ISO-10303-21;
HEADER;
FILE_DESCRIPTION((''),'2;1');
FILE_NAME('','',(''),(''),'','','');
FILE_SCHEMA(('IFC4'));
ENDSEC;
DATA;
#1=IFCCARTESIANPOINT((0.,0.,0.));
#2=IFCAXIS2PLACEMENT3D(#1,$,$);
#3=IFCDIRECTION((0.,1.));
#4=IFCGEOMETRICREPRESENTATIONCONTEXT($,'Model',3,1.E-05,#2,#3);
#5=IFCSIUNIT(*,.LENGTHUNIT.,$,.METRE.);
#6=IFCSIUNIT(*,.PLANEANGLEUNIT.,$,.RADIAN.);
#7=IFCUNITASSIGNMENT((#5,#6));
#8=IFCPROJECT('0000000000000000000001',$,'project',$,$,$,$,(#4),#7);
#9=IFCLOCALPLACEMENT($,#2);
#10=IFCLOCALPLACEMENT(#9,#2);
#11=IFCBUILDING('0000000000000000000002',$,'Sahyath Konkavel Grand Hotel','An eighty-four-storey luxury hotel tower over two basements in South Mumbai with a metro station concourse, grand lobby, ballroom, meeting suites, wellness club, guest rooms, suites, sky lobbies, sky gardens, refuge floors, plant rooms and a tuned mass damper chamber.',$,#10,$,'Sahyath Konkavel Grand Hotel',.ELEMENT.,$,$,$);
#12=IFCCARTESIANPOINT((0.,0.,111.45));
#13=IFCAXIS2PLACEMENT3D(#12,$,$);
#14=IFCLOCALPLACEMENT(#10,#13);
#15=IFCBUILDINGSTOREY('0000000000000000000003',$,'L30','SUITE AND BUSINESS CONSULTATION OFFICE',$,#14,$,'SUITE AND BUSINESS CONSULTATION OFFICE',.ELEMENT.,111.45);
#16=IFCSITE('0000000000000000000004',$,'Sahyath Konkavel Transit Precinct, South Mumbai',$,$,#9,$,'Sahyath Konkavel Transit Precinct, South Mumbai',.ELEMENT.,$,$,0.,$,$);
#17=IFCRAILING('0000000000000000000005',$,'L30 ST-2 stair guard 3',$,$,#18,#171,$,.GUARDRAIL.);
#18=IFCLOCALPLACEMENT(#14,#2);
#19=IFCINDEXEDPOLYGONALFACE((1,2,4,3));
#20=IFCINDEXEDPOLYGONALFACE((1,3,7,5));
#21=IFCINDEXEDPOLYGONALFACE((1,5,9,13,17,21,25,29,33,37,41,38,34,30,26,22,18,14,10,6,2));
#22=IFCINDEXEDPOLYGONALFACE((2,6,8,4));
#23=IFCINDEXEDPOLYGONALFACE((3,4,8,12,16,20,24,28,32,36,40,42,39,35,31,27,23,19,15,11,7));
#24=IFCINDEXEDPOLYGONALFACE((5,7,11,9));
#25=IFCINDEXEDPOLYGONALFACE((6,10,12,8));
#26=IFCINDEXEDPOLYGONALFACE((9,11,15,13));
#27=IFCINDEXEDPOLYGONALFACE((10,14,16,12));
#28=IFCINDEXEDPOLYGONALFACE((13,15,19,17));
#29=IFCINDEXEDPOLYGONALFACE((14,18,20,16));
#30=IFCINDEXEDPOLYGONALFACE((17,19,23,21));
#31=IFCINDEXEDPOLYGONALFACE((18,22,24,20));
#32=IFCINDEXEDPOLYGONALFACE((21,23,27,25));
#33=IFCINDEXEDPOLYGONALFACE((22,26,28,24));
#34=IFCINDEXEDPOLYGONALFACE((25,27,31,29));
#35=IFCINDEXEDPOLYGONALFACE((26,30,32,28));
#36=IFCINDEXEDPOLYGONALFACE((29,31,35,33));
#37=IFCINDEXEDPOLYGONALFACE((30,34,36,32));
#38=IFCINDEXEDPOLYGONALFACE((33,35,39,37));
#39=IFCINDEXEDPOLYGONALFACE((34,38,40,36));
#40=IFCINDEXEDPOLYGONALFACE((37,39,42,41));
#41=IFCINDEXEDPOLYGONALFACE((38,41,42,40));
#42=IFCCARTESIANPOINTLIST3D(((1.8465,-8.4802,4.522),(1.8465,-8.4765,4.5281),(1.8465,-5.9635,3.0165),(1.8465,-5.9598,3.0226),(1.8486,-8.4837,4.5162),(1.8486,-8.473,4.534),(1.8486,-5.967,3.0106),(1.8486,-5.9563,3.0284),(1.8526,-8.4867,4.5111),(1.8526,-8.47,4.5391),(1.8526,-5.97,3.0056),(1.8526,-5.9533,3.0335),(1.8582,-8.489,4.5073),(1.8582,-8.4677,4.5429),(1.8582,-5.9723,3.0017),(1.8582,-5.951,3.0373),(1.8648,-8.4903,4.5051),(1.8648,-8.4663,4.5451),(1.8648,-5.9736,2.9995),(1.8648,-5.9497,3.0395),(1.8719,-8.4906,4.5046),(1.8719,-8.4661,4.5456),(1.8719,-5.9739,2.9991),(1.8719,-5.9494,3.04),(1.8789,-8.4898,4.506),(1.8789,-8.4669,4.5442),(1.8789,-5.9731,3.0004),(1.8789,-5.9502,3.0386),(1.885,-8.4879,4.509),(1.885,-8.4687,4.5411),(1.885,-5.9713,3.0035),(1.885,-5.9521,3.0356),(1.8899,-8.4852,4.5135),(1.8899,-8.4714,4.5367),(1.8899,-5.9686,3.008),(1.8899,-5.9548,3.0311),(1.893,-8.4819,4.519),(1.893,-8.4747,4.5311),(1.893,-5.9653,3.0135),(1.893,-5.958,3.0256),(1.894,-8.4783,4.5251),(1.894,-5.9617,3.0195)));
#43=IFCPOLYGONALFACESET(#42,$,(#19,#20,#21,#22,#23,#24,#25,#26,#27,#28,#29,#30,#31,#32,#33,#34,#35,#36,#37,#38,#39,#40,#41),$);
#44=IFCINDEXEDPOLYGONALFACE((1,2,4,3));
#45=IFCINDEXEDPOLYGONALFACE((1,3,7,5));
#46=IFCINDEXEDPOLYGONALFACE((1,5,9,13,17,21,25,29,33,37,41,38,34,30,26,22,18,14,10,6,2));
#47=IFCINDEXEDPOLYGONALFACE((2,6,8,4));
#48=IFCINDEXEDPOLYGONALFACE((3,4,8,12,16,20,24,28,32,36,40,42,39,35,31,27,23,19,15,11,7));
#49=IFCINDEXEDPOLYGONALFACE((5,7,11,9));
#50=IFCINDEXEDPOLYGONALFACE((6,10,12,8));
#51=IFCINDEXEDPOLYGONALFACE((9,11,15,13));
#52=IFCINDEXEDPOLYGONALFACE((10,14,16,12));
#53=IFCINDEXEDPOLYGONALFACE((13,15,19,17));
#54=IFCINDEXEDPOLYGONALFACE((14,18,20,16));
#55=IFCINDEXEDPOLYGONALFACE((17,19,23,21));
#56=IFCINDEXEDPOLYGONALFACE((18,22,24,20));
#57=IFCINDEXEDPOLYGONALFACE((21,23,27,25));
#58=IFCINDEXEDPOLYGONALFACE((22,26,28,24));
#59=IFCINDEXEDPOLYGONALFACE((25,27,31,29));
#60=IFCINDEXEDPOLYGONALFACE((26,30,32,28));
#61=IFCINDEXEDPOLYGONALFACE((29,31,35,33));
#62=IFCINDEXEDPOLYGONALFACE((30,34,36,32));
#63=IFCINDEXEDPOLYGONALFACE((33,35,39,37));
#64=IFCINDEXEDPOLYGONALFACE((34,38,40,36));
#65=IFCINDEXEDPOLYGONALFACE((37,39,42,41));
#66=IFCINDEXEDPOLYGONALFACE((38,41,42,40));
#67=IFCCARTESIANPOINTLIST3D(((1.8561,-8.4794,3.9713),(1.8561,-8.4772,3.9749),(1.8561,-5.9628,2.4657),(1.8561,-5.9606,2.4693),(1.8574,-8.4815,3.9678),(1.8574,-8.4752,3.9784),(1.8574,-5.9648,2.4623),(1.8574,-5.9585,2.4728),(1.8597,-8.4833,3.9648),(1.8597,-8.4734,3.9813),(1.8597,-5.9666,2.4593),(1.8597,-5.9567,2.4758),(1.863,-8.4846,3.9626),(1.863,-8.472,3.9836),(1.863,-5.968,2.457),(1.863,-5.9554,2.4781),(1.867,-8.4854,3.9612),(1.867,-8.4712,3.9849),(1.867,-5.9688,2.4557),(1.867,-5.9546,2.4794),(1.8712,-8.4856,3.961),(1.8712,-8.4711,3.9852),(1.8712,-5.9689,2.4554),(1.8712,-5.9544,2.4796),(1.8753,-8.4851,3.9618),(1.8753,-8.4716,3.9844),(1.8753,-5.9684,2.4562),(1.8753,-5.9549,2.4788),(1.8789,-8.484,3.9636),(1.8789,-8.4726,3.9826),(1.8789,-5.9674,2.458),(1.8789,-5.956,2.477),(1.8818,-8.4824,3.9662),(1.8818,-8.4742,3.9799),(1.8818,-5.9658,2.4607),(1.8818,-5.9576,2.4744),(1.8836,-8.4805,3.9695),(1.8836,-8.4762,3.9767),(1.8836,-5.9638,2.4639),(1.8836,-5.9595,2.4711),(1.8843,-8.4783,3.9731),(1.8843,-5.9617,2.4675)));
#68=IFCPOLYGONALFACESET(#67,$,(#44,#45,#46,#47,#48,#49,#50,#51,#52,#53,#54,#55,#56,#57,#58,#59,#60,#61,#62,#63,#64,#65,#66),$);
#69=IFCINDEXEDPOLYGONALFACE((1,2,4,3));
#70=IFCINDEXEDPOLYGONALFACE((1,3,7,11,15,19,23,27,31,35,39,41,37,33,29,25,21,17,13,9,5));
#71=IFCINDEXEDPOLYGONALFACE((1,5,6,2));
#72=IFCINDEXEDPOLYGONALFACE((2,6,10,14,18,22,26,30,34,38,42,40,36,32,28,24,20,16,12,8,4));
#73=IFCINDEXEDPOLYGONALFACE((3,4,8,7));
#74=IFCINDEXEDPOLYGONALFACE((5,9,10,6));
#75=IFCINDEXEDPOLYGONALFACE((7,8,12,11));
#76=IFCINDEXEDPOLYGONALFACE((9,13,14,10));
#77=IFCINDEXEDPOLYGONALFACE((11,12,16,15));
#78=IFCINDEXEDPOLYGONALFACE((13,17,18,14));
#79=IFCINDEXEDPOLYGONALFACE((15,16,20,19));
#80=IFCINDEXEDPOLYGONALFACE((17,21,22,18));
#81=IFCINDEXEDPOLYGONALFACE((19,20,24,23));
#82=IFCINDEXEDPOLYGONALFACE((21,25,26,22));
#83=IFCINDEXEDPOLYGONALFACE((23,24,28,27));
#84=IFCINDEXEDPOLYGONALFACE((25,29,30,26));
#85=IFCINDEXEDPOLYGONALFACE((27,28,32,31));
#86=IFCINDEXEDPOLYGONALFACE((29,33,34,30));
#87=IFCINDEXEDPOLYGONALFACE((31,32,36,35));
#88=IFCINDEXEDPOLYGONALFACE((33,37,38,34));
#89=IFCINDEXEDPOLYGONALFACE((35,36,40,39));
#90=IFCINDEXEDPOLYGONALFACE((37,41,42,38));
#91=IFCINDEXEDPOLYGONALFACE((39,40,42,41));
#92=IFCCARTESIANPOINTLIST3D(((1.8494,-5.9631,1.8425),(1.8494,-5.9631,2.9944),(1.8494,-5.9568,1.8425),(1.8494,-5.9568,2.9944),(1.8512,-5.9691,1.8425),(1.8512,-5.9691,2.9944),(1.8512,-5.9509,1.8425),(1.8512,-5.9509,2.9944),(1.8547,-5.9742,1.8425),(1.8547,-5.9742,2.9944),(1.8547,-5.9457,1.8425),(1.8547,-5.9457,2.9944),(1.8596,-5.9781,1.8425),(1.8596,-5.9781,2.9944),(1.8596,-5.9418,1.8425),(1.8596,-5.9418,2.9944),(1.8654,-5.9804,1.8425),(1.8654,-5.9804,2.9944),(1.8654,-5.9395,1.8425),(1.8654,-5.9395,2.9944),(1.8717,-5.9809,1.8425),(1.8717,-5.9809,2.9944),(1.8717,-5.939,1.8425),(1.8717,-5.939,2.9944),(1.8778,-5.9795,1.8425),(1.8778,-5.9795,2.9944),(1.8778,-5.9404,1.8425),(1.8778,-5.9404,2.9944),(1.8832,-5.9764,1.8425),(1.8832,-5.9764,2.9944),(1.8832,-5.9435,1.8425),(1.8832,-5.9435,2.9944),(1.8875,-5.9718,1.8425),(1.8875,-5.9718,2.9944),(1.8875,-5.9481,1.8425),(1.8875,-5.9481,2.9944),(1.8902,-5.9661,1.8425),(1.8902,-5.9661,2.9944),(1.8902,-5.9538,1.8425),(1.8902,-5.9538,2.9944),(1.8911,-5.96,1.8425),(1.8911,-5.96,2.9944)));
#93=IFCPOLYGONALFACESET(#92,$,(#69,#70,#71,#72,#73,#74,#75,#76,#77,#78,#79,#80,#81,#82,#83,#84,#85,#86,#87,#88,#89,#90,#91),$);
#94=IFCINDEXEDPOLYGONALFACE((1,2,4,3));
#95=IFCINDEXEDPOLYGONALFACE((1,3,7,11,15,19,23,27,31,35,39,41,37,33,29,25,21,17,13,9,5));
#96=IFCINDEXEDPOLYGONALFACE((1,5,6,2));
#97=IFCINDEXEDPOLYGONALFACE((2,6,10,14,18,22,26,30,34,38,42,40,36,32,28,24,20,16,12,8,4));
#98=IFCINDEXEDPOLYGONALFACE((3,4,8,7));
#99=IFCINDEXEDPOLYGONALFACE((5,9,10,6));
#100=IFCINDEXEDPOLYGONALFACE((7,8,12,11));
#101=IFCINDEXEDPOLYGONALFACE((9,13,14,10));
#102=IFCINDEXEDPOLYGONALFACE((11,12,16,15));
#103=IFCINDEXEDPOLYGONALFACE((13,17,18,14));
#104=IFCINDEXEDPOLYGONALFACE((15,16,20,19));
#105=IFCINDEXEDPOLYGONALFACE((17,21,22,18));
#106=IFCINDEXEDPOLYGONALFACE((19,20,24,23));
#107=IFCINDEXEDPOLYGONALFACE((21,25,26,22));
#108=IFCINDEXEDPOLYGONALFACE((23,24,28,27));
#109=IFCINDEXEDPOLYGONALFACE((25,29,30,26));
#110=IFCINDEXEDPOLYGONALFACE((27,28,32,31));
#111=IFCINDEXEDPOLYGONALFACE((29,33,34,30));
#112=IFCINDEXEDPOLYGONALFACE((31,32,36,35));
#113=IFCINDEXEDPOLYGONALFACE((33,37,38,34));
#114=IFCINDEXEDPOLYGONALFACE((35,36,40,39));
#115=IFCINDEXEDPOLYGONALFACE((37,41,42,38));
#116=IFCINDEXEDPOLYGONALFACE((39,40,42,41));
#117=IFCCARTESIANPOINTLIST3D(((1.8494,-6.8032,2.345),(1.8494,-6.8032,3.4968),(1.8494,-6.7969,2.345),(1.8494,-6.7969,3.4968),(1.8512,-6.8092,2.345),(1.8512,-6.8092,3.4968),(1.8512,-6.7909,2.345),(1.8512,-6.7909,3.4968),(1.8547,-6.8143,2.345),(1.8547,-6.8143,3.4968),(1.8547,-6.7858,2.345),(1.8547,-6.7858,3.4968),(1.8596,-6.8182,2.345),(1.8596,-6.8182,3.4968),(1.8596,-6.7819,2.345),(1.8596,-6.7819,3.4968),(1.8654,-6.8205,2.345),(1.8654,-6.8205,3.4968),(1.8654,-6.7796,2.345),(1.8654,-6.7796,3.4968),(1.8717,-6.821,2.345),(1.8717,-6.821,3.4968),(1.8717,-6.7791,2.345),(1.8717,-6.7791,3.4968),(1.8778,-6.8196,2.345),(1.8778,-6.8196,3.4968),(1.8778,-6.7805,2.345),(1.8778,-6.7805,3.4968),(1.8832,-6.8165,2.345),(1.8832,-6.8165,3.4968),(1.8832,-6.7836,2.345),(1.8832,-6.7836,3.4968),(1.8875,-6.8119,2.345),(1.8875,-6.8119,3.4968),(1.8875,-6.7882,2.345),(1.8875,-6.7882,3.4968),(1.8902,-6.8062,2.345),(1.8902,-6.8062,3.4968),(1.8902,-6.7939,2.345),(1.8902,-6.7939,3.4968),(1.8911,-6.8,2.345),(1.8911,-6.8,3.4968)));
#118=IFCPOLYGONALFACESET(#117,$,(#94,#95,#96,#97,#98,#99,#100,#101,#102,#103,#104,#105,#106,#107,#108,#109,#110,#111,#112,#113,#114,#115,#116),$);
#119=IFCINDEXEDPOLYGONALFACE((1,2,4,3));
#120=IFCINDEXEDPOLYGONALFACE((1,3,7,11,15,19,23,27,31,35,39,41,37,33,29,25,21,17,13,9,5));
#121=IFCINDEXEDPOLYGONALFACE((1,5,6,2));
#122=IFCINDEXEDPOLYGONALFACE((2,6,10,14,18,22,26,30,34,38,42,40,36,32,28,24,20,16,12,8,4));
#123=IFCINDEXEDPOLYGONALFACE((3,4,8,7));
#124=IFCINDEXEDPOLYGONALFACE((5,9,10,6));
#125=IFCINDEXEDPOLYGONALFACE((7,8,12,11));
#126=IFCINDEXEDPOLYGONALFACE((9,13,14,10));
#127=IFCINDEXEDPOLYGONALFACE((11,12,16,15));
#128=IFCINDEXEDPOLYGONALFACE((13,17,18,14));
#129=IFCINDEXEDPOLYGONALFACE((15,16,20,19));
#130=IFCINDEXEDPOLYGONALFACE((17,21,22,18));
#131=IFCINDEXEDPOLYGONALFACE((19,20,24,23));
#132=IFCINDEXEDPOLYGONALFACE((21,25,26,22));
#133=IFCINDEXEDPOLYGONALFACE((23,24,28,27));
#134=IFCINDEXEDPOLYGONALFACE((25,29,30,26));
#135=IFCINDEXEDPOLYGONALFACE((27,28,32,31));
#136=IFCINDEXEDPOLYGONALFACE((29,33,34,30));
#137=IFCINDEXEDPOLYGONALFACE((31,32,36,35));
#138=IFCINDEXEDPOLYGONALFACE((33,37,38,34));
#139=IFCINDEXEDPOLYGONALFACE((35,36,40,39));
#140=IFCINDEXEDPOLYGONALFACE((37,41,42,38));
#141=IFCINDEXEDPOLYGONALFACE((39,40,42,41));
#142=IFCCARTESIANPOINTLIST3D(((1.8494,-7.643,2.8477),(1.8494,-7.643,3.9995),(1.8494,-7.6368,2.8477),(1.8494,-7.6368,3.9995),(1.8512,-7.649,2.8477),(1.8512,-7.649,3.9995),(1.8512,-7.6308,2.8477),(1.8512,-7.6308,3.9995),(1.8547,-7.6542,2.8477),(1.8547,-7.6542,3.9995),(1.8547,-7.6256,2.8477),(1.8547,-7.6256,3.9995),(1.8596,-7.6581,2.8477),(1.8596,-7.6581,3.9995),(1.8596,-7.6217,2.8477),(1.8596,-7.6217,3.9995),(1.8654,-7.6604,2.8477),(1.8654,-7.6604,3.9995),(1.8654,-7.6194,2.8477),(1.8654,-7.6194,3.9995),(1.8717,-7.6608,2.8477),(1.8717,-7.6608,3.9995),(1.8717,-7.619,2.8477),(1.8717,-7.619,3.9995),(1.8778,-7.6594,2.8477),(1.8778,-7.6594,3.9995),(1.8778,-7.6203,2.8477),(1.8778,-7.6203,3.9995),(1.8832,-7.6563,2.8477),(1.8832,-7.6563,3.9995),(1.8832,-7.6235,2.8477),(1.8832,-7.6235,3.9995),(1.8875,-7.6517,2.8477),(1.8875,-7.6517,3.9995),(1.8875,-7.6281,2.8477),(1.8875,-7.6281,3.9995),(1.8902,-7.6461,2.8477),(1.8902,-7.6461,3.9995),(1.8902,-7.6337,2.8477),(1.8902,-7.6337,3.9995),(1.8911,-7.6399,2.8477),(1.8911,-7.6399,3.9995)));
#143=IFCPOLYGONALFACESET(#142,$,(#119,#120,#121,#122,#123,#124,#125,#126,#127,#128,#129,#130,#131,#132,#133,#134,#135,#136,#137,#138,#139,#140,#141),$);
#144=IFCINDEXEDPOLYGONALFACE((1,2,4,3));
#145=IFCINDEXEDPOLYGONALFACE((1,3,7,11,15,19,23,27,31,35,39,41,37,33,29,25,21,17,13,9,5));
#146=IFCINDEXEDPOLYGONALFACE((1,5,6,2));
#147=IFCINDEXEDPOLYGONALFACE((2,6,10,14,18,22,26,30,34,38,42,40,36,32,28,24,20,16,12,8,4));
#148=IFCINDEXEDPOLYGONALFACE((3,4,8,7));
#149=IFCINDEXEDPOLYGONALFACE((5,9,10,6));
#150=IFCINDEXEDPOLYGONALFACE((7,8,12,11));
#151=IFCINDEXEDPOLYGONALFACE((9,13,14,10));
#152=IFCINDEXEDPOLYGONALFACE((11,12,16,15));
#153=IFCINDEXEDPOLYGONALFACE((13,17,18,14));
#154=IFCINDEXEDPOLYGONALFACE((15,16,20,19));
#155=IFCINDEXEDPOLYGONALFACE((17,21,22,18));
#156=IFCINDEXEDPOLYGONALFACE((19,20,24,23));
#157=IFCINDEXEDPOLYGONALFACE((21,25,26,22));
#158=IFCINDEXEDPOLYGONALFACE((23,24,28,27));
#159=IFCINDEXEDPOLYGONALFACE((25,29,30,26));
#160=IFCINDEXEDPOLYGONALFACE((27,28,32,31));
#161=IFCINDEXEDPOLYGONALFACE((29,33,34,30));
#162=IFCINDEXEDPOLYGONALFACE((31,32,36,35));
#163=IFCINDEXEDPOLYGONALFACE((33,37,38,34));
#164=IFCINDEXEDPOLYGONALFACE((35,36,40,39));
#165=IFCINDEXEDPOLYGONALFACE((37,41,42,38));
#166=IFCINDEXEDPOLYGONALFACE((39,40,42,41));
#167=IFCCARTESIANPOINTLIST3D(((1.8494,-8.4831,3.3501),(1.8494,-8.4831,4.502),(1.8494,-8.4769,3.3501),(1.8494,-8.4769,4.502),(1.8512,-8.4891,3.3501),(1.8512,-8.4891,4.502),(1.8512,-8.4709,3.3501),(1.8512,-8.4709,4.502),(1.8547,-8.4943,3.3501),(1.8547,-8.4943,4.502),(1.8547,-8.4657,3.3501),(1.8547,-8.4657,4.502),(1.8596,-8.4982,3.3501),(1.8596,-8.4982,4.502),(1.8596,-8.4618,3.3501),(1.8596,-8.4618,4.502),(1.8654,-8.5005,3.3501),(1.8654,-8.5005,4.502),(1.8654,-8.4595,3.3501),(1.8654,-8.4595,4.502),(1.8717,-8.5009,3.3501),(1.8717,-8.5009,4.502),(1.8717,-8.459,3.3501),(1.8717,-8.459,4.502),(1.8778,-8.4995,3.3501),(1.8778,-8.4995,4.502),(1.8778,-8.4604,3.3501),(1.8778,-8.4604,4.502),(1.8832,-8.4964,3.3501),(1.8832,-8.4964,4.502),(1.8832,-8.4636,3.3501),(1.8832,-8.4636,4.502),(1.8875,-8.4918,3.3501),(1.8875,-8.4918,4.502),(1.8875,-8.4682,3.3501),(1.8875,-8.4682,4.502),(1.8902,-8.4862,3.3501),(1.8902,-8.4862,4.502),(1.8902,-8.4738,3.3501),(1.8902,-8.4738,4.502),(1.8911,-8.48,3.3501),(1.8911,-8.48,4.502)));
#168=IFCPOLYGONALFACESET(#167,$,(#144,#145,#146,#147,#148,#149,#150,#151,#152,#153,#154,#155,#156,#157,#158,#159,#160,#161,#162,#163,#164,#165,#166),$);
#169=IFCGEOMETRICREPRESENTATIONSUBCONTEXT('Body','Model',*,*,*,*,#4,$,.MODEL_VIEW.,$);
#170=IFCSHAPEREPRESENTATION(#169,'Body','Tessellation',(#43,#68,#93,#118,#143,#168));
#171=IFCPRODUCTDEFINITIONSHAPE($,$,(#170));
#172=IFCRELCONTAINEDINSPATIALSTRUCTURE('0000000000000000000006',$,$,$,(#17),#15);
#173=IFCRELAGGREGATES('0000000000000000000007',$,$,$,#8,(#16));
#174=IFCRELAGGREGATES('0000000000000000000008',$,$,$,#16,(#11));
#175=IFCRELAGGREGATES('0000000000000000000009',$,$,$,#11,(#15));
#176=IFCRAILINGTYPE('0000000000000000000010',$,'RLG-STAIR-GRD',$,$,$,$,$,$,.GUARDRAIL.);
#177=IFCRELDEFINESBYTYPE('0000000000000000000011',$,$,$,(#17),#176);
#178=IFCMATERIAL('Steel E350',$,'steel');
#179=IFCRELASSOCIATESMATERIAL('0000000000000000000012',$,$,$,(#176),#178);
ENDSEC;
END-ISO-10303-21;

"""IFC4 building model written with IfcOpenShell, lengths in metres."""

from ifc_helpers import new_model, si_unit, direction, frame, origin, origin_2d, place, context, subcontext, project, spatial, circle, extrude, material, type_object, element, save


model = new_model("IFC4")

# Units and contexts
model_context = context("Model", 3, precision=1e-05, world=origin(), true_north=direction((0.0, 1.0)))
body_context = subcontext(model_context, "Body", "Model", "MODEL_VIEW")
ifc_project = project(units=[si_unit("LENGTHUNIT", "METRE"), si_unit("PLANEANGLEUNIT", "RADIAN")], contexts=[model_context])

# Site, building, storey
site_placement = place(None, origin())
site = spatial("IfcSite", under=ifc_project, at=site_placement, Name="Sahyath Konkavel Transit Precinct, South Mumbai", LongName="Sahyath Konkavel Transit Precinct, South Mumbai", CompositionType="ELEMENT", RefElevation=0.0)
building_placement = place(site_placement, origin())
building = spatial("IfcBuilding", under=site, at=building_placement, Name="Sahyath Konkavel Grand Hotel", Description="An eighty-four-storey luxury hotel tower over two basements in South Mumbai with a metro station concourse, grand lobby, ballroom, meeting suites, wellness club, guest rooms, suites, sky lobbies, sky gardens, refuge floors, plant rooms and a tuned mass damper chamber.", LongName="Sahyath Konkavel Grand Hotel", CompositionType="ELEMENT")
storey_placement = place(building_placement, frame((0.0, 0.0, 111.45)))
storey = spatial("IfcBuildingStorey", under=building, at=storey_placement, Name="L30", Description="SUITE AND BUSINESS CONSULTATION OFFICE", LongName="SUITE AND BUSINESS CONSULTATION OFFICE", CompositionType="ELEMENT", Elevation=111.45)

# Shared definitions
ifc_material_1 = material(Name="Steel E350", Category="steel")

# Railing
railing_type_1 = type_object("IfcRailingType", Name="RLG-STAIR-GRD", PredefinedType="GUARDRAIL", material=ifc_material_1)
railing_1_placement = place(storey_placement, frame((1.8701, -5.96, 1.8425)))
element("IfcRailing", 1, at=railing_1_placement, inside=storey, type_object=railing_type_1, Name="L30 ST-2 stair guard 3", PredefinedType="GUARDRAIL", context=body_context, shape_type="SweptSolid", body=[
    extrude(circle(Radius=0.0239, at=origin_2d()), frame((0.0, -0.0017, 1.177), z_axis=(0.0, -0.85816, 0.513383), x_axis=(1.0, 0.0, 0.0)), (0.0, 0.0, 1.0), 2.9326),
    extrude(circle(Radius=0.0142, at=origin_2d()), frame((0.0, -0.0017, 0.625), z_axis=(0.0, -0.85816, 0.513383), x_axis=(1.0, 0.0, 0.0)), (0.0, 0.0, 1.0), 2.9326),
    extrude(circle(Radius=0.021, at=origin_2d()), origin(), (0.0, 0.0, 1.0), 1.1519),
    extrude(circle(Radius=0.021, at=origin_2d()), frame((0.0, -0.8401, 0.5024)), (0.0, 0.0, 1.0), 1.1519),
    extrude(circle(Radius=0.021, at=origin_2d()), frame((0.0, -1.6799, 1.0051)), (0.0, 0.0, 1.0), 1.1519),
    extrude(circle(Radius=0.021, at=origin_2d()), frame((0.0, -2.52, 1.5076)), (0.0, 0.0, 1.0), 1.1519),
])

save(model, "model.ifc")
